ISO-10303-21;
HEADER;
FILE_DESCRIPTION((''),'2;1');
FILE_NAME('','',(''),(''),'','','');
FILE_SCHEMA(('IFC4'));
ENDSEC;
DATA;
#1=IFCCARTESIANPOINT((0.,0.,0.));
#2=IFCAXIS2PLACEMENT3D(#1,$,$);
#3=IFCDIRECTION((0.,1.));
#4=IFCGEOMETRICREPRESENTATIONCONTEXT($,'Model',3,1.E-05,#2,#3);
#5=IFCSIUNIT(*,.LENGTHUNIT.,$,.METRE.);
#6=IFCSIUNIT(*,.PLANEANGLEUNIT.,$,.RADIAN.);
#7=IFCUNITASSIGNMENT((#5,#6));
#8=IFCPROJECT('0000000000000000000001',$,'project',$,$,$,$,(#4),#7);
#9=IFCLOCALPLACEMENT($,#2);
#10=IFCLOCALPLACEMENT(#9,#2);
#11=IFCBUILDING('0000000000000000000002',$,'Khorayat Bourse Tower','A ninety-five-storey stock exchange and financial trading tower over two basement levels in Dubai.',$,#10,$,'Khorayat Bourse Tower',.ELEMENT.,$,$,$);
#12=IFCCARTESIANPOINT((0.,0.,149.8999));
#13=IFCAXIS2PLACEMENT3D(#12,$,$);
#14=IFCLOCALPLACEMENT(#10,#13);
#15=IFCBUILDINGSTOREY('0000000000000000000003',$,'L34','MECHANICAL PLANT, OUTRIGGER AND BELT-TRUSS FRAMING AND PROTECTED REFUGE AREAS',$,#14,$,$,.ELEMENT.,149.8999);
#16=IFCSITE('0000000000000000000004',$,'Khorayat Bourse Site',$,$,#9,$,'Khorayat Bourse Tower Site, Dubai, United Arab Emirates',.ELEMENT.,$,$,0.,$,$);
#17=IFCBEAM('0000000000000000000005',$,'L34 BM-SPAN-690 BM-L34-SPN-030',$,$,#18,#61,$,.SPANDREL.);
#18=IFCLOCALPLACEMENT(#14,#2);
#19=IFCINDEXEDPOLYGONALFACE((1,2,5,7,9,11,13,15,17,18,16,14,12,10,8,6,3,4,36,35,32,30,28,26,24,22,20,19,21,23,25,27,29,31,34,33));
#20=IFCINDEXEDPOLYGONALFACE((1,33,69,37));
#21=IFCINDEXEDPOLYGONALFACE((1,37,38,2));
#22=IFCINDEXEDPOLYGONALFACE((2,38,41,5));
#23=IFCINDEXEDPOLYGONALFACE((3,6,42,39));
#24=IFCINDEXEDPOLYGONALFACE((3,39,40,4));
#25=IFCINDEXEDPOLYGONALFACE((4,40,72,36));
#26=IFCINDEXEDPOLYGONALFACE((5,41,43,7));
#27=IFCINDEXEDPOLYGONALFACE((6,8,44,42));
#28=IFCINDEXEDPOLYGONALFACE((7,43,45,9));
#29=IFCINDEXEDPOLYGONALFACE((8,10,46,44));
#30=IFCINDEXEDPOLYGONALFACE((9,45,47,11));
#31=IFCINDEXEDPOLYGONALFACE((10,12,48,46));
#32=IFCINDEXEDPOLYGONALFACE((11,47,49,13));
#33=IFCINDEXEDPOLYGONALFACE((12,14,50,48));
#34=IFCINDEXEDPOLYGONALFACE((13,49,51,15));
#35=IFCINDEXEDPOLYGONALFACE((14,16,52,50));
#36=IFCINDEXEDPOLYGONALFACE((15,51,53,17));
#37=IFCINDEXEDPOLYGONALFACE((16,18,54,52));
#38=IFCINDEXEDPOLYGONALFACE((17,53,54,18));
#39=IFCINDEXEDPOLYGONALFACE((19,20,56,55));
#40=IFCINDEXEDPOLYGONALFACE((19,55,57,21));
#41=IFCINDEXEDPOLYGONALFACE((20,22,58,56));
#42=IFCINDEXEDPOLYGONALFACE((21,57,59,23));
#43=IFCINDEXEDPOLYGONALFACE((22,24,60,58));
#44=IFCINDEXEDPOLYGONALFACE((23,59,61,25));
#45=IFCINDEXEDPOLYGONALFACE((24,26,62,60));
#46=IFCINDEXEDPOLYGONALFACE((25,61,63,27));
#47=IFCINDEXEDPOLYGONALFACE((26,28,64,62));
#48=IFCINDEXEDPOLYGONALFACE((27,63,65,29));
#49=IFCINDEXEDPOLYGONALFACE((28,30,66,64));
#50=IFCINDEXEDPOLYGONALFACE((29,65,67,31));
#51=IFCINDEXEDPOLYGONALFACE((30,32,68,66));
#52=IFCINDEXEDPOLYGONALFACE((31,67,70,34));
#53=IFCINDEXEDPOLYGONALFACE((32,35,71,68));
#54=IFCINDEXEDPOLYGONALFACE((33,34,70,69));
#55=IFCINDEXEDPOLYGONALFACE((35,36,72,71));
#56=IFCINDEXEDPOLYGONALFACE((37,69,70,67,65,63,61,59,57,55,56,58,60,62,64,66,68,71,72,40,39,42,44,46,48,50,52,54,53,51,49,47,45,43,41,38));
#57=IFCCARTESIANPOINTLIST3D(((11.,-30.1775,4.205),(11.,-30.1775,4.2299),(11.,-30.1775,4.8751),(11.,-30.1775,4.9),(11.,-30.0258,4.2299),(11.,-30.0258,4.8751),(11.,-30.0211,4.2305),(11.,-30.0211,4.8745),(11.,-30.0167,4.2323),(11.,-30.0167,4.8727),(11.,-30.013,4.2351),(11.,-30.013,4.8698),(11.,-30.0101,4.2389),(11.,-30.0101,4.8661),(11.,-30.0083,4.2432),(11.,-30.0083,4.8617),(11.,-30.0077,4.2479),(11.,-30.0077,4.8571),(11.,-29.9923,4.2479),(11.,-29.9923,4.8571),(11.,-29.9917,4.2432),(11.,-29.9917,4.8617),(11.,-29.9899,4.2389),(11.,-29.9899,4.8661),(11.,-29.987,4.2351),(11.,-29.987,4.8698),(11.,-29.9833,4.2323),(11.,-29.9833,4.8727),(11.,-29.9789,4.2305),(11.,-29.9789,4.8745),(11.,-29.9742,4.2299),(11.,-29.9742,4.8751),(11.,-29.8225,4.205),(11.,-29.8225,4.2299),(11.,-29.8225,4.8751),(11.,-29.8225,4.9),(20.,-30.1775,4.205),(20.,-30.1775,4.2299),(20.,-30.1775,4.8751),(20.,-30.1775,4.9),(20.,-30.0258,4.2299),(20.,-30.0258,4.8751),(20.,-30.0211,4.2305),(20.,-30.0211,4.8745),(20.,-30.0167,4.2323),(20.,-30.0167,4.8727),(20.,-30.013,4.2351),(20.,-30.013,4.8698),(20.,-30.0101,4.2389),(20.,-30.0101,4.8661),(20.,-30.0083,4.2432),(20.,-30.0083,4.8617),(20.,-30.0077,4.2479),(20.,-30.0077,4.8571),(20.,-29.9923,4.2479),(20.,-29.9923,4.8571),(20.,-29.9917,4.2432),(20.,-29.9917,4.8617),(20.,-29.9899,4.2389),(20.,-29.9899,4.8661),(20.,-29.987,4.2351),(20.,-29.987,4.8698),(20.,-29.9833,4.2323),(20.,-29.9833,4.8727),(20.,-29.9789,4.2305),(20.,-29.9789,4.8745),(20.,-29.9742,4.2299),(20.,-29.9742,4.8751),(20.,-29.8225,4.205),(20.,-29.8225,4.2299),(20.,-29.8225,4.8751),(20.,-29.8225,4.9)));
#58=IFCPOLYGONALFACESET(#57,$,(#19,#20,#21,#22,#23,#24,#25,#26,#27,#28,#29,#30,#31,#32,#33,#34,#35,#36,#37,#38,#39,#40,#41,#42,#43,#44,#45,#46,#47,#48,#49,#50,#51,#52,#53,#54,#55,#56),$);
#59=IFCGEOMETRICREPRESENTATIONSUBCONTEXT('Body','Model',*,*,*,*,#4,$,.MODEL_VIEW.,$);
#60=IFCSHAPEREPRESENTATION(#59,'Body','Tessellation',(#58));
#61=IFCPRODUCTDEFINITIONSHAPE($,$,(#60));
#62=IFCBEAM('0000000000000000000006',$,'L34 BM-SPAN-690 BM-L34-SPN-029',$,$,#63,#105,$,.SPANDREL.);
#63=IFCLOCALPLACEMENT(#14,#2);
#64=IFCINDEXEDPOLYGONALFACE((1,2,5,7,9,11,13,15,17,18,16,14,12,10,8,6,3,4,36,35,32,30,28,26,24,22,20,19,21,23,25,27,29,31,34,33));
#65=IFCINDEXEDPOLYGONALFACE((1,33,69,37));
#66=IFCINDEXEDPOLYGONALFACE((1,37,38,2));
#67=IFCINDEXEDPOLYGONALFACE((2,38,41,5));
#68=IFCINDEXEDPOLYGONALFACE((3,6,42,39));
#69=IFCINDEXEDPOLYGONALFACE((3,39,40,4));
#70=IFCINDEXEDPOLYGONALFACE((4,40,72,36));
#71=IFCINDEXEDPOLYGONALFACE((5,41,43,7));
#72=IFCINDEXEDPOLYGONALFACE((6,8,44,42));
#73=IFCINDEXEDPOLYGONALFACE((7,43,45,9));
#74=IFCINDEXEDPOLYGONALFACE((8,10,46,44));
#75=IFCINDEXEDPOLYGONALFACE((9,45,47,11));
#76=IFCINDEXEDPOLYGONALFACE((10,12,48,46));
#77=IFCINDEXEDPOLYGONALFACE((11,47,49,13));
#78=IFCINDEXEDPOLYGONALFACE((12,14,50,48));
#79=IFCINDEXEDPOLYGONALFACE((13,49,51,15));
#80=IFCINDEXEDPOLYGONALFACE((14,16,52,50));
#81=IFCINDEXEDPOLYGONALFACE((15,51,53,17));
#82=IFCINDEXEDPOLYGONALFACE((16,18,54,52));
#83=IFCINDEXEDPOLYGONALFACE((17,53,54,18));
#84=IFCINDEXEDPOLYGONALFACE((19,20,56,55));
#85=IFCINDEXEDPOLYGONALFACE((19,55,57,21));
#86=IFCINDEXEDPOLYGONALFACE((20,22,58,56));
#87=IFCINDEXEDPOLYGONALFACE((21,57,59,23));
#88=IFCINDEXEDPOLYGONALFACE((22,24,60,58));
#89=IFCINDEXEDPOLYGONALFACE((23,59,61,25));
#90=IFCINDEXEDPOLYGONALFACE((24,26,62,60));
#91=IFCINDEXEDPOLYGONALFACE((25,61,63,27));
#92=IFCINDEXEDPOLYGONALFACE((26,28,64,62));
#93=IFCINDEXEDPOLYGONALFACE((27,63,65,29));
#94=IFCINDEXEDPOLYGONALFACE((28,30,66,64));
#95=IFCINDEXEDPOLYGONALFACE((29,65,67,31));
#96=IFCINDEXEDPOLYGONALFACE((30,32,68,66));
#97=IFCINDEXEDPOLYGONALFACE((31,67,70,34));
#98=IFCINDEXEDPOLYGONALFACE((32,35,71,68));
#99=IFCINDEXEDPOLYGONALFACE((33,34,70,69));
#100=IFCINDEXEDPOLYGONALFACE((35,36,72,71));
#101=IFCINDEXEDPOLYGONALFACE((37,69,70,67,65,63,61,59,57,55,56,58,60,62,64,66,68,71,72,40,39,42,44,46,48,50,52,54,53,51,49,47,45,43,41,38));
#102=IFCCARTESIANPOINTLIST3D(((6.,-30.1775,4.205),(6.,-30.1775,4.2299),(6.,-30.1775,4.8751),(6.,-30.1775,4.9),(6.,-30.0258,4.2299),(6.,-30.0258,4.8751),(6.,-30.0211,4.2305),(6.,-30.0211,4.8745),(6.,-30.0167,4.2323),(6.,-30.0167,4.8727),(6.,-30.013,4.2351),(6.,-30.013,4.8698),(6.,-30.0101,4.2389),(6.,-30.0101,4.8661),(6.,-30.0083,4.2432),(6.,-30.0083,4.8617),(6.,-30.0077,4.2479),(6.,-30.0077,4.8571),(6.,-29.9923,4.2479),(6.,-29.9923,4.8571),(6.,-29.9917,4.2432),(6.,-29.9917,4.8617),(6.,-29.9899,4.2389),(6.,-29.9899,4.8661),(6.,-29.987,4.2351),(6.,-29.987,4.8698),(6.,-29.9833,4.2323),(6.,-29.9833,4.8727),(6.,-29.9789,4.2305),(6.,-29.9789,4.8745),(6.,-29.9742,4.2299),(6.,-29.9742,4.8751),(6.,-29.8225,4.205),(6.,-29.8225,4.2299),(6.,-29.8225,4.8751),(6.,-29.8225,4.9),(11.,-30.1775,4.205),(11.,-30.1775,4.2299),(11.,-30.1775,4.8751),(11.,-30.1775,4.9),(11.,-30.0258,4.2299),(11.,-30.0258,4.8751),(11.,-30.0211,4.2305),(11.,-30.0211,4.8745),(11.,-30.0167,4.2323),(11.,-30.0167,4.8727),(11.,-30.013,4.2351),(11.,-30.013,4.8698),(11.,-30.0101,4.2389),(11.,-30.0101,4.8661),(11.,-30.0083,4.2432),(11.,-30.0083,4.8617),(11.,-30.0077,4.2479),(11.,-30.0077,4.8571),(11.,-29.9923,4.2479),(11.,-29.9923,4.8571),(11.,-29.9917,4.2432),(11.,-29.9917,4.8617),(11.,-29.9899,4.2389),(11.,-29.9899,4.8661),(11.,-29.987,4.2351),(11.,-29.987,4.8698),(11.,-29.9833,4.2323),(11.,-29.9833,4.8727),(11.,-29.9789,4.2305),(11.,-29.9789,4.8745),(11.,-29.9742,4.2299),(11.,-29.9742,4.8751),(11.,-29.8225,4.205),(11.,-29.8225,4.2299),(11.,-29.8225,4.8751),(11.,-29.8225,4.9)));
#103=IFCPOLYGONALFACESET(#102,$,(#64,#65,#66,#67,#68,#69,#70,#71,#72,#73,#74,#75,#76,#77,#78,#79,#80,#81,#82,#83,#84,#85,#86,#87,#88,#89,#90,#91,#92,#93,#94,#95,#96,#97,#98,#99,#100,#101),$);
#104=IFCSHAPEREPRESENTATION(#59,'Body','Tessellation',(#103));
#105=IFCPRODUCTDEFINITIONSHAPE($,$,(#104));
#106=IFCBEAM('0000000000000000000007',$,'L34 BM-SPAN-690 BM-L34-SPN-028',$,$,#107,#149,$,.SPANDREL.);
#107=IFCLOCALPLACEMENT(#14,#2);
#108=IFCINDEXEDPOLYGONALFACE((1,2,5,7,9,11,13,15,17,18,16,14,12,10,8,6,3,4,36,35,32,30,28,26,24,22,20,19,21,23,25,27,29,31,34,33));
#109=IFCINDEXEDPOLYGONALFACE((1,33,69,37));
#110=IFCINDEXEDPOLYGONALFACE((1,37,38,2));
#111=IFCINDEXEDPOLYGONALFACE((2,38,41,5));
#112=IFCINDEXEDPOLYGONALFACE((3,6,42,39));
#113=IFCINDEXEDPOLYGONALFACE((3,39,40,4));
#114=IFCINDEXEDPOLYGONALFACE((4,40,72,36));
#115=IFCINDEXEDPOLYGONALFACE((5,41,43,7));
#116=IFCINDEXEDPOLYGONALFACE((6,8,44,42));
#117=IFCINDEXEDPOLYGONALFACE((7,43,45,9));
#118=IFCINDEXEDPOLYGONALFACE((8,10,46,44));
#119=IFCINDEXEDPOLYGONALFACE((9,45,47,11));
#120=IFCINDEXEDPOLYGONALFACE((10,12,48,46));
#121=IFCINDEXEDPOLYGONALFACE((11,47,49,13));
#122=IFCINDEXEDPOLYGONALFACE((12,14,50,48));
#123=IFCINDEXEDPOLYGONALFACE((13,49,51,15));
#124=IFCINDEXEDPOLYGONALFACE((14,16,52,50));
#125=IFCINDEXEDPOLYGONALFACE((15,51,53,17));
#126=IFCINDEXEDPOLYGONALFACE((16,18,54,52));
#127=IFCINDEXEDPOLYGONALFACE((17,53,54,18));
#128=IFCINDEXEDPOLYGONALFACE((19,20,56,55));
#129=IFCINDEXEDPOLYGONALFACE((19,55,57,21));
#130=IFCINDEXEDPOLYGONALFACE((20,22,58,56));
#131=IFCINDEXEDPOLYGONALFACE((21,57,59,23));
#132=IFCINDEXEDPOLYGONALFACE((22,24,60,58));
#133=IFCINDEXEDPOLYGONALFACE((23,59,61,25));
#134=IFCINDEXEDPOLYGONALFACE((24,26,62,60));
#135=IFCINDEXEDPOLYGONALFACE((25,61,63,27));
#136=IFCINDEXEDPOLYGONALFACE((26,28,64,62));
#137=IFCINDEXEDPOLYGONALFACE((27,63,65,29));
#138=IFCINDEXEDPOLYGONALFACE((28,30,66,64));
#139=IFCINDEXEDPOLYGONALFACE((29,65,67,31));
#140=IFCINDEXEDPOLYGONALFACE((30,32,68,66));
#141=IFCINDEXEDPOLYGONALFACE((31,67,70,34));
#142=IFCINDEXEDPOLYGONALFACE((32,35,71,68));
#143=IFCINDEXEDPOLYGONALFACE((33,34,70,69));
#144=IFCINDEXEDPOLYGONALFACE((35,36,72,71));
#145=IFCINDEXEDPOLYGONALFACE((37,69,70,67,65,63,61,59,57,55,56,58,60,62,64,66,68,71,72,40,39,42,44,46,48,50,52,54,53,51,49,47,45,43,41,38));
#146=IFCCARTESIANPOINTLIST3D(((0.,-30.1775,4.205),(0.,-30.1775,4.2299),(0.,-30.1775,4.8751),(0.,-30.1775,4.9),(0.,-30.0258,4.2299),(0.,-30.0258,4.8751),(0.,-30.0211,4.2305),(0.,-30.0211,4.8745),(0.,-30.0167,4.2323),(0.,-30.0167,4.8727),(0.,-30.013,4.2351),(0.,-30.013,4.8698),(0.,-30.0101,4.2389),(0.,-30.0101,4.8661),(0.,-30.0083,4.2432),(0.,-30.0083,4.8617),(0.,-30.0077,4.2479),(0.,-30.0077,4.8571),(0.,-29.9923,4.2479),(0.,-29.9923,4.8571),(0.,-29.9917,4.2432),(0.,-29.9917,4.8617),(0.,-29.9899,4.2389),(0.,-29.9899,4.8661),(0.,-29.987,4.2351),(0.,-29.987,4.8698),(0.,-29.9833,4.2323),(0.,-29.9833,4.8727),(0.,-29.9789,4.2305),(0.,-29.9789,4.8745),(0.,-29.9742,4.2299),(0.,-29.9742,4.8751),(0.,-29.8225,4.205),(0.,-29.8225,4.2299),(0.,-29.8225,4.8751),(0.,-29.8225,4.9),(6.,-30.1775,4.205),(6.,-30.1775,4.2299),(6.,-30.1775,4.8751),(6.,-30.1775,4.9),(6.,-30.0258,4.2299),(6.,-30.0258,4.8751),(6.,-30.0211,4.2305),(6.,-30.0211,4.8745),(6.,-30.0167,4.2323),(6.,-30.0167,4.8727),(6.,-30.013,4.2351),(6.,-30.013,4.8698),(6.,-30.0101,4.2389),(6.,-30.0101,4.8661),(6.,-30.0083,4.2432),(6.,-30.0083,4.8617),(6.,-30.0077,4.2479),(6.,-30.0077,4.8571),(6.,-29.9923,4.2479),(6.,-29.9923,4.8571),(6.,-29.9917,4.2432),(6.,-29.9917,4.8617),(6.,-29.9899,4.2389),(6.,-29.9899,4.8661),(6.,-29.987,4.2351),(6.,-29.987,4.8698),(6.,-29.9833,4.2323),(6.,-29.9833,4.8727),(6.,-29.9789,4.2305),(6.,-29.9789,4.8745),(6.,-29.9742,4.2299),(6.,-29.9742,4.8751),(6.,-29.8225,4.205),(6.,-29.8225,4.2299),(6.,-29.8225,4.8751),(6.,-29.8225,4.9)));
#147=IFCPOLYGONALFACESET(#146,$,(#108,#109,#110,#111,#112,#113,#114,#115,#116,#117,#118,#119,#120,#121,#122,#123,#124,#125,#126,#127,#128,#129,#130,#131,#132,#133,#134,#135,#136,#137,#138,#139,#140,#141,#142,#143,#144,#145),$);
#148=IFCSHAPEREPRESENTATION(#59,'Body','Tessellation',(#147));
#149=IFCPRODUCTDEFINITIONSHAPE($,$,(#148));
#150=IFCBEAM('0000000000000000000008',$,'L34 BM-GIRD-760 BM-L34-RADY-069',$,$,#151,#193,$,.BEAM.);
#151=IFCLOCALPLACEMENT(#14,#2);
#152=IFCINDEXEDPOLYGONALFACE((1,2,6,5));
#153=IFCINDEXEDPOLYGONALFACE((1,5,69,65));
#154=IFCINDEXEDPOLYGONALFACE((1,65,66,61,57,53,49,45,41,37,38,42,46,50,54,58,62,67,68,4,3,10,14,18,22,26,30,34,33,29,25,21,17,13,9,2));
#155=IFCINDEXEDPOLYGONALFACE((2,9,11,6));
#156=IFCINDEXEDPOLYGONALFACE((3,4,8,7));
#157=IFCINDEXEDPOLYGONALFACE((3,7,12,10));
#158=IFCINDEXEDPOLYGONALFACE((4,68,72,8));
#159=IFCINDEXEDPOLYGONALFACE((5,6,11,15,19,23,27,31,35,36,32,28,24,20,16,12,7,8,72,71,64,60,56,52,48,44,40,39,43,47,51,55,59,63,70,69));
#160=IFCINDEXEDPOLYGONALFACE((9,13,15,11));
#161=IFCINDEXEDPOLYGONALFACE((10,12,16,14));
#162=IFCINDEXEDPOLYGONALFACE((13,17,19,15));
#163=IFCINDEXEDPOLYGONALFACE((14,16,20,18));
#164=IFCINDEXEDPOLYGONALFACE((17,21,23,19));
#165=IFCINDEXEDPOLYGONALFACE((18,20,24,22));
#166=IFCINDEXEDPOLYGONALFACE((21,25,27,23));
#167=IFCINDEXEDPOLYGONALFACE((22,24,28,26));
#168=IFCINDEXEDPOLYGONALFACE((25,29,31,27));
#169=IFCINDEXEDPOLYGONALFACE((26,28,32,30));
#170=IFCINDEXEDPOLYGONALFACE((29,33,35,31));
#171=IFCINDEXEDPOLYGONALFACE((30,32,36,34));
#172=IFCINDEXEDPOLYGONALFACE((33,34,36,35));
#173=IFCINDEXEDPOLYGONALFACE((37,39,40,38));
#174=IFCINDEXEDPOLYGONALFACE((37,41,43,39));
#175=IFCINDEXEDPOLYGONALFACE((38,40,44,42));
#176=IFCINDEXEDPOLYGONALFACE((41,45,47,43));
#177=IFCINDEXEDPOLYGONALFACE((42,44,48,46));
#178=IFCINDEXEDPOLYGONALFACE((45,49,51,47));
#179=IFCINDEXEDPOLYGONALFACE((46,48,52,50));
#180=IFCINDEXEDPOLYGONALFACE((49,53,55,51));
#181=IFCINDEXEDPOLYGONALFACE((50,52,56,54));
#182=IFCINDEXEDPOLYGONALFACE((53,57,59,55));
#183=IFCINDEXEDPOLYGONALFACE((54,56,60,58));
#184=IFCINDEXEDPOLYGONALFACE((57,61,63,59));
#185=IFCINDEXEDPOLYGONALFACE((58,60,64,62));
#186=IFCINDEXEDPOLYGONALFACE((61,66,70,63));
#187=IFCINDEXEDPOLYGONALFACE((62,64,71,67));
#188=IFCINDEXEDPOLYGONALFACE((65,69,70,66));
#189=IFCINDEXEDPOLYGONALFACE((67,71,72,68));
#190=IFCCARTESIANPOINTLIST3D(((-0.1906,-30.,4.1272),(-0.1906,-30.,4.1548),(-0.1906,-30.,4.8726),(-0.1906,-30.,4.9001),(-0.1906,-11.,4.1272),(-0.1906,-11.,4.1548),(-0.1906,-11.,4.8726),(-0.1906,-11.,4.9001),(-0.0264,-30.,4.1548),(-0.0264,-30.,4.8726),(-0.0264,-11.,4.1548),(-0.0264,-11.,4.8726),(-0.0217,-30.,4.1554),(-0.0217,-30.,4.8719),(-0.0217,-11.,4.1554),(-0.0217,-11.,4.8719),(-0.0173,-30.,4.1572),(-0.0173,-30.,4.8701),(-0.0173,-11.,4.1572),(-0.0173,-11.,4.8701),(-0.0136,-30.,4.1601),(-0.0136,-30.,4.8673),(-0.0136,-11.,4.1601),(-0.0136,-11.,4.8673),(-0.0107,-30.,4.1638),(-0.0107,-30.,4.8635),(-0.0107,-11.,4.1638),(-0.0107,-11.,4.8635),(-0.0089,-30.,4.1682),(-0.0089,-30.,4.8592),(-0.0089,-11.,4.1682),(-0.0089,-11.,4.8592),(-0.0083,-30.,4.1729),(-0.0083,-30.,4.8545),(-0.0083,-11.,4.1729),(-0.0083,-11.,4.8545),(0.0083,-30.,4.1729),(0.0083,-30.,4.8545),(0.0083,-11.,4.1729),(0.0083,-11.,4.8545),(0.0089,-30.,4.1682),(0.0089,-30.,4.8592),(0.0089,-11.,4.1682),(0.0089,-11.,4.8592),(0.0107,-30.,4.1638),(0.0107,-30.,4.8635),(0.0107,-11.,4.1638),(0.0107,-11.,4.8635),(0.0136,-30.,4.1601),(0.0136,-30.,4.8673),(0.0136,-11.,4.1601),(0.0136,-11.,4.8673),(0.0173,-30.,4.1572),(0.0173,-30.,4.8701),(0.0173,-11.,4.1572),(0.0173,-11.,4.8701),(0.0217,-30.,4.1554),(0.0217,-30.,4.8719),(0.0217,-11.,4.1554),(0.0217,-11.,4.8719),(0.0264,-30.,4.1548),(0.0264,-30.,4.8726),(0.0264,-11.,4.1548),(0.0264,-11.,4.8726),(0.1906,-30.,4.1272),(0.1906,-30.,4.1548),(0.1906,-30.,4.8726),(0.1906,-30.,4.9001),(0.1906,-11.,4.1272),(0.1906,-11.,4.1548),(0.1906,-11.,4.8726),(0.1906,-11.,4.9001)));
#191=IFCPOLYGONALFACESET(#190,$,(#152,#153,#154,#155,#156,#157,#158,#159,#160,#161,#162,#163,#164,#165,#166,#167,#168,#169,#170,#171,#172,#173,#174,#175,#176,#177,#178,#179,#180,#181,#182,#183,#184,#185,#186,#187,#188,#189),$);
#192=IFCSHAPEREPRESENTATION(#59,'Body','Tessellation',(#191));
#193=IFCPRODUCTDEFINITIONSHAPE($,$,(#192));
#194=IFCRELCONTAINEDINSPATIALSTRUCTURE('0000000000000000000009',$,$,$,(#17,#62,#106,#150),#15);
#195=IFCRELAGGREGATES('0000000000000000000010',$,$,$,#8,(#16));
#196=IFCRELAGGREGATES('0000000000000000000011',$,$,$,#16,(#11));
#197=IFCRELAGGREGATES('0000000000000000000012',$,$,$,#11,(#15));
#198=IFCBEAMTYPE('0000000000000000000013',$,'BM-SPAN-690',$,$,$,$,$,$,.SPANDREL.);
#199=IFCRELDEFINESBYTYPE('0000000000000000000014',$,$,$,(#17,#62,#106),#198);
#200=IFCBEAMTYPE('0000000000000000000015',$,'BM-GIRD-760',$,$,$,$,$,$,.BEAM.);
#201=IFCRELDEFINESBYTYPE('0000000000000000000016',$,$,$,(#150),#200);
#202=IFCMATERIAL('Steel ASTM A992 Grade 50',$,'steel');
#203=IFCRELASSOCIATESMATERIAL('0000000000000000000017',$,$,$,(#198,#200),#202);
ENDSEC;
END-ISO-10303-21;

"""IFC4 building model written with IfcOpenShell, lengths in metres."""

from ifc_helpers import new_model, si_unit, direction, frame, origin, origin_2d, place, context, subcontext, project, spatial, i_section, extrude, source, transform, mapped, material, material_profile, profile_set, type_object, element, save


model = new_model("IFC4")

# Units and contexts
model_context = context("Model", 3, precision=1e-05, world=origin(), true_north=direction((0.0, 1.0)))
body_context = subcontext(model_context, "Body", "Model", "MODEL_VIEW")
ifc_project = project(units=[si_unit("LENGTHUNIT", "METRE"), si_unit("PLANEANGLEUNIT", "RADIAN")], contexts=[model_context])

# Site, building, storey
site_placement = place(None, origin())
site = spatial("IfcSite", under=ifc_project, at=site_placement, Name="Khorayat Bourse Site", LongName="Khorayat Bourse Tower Site, Dubai, United Arab Emirates", CompositionType="ELEMENT", RefElevation=0.0)
building_placement = place(site_placement, origin())
building = spatial("IfcBuilding", under=site, at=building_placement, Name="Khorayat Bourse Tower", Description="A ninety-five-storey stock exchange and financial trading tower over two basement levels in Dubai.", LongName="Khorayat Bourse Tower", CompositionType="ELEMENT")
storey_placement = place(building_placement, frame((0.0, 0.0, 149.8999)))
storey = spatial("IfcBuildingStorey", under=building, at=storey_placement, Name="L34", Description="MECHANICAL PLANT, OUTRIGGER AND BELT-TRUSS FRAMING AND PROTECTED REFUGE AREAS", CompositionType="ELEMENT", Elevation=149.8999)

# Beams
ifc_material_1 = material(Name="Steel ASTM A992 Grade 50", Category="steel")
ifc_material_profile_1 = material_profile(ifc_material_1, i_section(OverallWidth=0.355, OverallDepth=0.6951, WebThickness=0.0154, FlangeThickness=0.0249, FilletRadius=0.0181, at=origin_2d()), Name="W690X217")
ifc_profile_set_1 = profile_set([ifc_material_profile_1], Name="Steel ASTM A992 Grade 50")
beam_type_1 = type_object("IfcBeamType", Name="BM-SPAN-690", PredefinedType="SPANDREL", material=ifc_profile_set_1)
shared_shape_1 = source(origin(), body_context, "Body", "SweptSolid", [
    extrude(i_section(OverallWidth=0.355, OverallDepth=0.6951, WebThickness=0.0154, FlangeThickness=0.0249, FilletRadius=0.0181, at=origin_2d()), origin(), (0.0, 0.0, 1.0), 9.0),
])
beam_1_placement = place(storey_placement, frame((11.0, -30.0, 4.5525), z_axis=(1.0, 0.0, 0.0), x_axis=(0.0, 1.0, 0.0)))
element("IfcBeam", 1, at=beam_1_placement, inside=storey, type_object=beam_type_1, Name="L34 BM-SPAN-690 BM-L34-SPN-030", PredefinedType="SPANDREL", context=body_context, shape_type="MappedRepresentation", body=[
    mapped(shared_shape_1, transform((0.0, 0.0, 0.0), scale=1.0)),
])
shared_shape_2 = source(origin(), body_context, "Body", "SweptSolid", [
    extrude(i_section(OverallWidth=0.355, OverallDepth=0.6951, WebThickness=0.0154, FlangeThickness=0.0249, FilletRadius=0.0181, at=origin_2d()), origin(), (0.0, 0.0, 1.0), 5.0),
])
beam_2_placement = place(storey_placement, frame((6.0, -30.0, 4.5525), z_axis=(1.0, 0.0, 0.0), x_axis=(0.0, 1.0, 0.0)))
element("IfcBeam", 2, at=beam_2_placement, inside=storey, type_object=beam_type_1, Name="L34 BM-SPAN-690 BM-L34-SPN-029", PredefinedType="SPANDREL", context=body_context, shape_type="MappedRepresentation", body=[
    mapped(shared_shape_2, transform((0.0, 0.0, 0.0), scale=1.0)),
])
shared_shape_3 = source(origin(), body_context, "Body", "SweptSolid", [
    extrude(i_section(OverallWidth=0.355, OverallDepth=0.6951, WebThickness=0.0154, FlangeThickness=0.0249, FilletRadius=0.0181, at=origin_2d()), origin(), (0.0, 0.0, 1.0), 6.0),
])
beam_3_placement = place(storey_placement, frame((0.0, -30.0, 4.5525), z_axis=(1.0, 0.0, 0.0), x_axis=(0.0, 1.0, 0.0)))
element("IfcBeam", 3, at=beam_3_placement, inside=storey, type_object=beam_type_1, Name="L34 BM-SPAN-690 BM-L34-SPN-028", PredefinedType="SPANDREL", context=body_context, shape_type="MappedRepresentation", body=[
    mapped(shared_shape_3, transform((0.0, 0.0, 0.0), scale=1.0)),
])
ifc_material_profile_2 = material_profile(ifc_material_1, i_section(OverallWidth=0.3811, OverallDepth=0.7729, WebThickness=0.0166, FlangeThickness=0.0276, FilletRadius=0.0181, at=origin_2d()), Name="W760X257")
ifc_profile_set_2 = profile_set([ifc_material_profile_2], Name="Steel ASTM A992 Grade 50")
beam_type_2 = type_object("IfcBeamType", Name="BM-GIRD-760", PredefinedType="BEAM", material=ifc_profile_set_2)
shared_shape_4 = source(origin(), body_context, "Body", "SweptSolid", [
    extrude(i_section(OverallWidth=0.3811, OverallDepth=0.7729, WebThickness=0.0166, FlangeThickness=0.0276, FilletRadius=0.0181, at=origin_2d()), origin(), (0.0, 0.0, 1.0), 19.0),
])
for number, where, z_axis, x_axis, name in (
    (4, (0.0, -30.0, 4.5137), (0.0, 1.0, 0.0), (-1.0, 0.0, 0.0), "L34 BM-GIRD-760 BM-L34-RADY-069"),
):
    element("IfcBeam", number, at=place(storey_placement, frame(where, z_axis=z_axis, x_axis=x_axis)), inside=storey, type_object=beam_type_2, Name=name, PredefinedType="BEAM", context=body_context, shape_type="MappedRepresentation", body=[
        mapped(shared_shape_4, transform((0.0, 0.0, 0.0), scale=1.0)),
    ])

save(model, "model.ifc")
